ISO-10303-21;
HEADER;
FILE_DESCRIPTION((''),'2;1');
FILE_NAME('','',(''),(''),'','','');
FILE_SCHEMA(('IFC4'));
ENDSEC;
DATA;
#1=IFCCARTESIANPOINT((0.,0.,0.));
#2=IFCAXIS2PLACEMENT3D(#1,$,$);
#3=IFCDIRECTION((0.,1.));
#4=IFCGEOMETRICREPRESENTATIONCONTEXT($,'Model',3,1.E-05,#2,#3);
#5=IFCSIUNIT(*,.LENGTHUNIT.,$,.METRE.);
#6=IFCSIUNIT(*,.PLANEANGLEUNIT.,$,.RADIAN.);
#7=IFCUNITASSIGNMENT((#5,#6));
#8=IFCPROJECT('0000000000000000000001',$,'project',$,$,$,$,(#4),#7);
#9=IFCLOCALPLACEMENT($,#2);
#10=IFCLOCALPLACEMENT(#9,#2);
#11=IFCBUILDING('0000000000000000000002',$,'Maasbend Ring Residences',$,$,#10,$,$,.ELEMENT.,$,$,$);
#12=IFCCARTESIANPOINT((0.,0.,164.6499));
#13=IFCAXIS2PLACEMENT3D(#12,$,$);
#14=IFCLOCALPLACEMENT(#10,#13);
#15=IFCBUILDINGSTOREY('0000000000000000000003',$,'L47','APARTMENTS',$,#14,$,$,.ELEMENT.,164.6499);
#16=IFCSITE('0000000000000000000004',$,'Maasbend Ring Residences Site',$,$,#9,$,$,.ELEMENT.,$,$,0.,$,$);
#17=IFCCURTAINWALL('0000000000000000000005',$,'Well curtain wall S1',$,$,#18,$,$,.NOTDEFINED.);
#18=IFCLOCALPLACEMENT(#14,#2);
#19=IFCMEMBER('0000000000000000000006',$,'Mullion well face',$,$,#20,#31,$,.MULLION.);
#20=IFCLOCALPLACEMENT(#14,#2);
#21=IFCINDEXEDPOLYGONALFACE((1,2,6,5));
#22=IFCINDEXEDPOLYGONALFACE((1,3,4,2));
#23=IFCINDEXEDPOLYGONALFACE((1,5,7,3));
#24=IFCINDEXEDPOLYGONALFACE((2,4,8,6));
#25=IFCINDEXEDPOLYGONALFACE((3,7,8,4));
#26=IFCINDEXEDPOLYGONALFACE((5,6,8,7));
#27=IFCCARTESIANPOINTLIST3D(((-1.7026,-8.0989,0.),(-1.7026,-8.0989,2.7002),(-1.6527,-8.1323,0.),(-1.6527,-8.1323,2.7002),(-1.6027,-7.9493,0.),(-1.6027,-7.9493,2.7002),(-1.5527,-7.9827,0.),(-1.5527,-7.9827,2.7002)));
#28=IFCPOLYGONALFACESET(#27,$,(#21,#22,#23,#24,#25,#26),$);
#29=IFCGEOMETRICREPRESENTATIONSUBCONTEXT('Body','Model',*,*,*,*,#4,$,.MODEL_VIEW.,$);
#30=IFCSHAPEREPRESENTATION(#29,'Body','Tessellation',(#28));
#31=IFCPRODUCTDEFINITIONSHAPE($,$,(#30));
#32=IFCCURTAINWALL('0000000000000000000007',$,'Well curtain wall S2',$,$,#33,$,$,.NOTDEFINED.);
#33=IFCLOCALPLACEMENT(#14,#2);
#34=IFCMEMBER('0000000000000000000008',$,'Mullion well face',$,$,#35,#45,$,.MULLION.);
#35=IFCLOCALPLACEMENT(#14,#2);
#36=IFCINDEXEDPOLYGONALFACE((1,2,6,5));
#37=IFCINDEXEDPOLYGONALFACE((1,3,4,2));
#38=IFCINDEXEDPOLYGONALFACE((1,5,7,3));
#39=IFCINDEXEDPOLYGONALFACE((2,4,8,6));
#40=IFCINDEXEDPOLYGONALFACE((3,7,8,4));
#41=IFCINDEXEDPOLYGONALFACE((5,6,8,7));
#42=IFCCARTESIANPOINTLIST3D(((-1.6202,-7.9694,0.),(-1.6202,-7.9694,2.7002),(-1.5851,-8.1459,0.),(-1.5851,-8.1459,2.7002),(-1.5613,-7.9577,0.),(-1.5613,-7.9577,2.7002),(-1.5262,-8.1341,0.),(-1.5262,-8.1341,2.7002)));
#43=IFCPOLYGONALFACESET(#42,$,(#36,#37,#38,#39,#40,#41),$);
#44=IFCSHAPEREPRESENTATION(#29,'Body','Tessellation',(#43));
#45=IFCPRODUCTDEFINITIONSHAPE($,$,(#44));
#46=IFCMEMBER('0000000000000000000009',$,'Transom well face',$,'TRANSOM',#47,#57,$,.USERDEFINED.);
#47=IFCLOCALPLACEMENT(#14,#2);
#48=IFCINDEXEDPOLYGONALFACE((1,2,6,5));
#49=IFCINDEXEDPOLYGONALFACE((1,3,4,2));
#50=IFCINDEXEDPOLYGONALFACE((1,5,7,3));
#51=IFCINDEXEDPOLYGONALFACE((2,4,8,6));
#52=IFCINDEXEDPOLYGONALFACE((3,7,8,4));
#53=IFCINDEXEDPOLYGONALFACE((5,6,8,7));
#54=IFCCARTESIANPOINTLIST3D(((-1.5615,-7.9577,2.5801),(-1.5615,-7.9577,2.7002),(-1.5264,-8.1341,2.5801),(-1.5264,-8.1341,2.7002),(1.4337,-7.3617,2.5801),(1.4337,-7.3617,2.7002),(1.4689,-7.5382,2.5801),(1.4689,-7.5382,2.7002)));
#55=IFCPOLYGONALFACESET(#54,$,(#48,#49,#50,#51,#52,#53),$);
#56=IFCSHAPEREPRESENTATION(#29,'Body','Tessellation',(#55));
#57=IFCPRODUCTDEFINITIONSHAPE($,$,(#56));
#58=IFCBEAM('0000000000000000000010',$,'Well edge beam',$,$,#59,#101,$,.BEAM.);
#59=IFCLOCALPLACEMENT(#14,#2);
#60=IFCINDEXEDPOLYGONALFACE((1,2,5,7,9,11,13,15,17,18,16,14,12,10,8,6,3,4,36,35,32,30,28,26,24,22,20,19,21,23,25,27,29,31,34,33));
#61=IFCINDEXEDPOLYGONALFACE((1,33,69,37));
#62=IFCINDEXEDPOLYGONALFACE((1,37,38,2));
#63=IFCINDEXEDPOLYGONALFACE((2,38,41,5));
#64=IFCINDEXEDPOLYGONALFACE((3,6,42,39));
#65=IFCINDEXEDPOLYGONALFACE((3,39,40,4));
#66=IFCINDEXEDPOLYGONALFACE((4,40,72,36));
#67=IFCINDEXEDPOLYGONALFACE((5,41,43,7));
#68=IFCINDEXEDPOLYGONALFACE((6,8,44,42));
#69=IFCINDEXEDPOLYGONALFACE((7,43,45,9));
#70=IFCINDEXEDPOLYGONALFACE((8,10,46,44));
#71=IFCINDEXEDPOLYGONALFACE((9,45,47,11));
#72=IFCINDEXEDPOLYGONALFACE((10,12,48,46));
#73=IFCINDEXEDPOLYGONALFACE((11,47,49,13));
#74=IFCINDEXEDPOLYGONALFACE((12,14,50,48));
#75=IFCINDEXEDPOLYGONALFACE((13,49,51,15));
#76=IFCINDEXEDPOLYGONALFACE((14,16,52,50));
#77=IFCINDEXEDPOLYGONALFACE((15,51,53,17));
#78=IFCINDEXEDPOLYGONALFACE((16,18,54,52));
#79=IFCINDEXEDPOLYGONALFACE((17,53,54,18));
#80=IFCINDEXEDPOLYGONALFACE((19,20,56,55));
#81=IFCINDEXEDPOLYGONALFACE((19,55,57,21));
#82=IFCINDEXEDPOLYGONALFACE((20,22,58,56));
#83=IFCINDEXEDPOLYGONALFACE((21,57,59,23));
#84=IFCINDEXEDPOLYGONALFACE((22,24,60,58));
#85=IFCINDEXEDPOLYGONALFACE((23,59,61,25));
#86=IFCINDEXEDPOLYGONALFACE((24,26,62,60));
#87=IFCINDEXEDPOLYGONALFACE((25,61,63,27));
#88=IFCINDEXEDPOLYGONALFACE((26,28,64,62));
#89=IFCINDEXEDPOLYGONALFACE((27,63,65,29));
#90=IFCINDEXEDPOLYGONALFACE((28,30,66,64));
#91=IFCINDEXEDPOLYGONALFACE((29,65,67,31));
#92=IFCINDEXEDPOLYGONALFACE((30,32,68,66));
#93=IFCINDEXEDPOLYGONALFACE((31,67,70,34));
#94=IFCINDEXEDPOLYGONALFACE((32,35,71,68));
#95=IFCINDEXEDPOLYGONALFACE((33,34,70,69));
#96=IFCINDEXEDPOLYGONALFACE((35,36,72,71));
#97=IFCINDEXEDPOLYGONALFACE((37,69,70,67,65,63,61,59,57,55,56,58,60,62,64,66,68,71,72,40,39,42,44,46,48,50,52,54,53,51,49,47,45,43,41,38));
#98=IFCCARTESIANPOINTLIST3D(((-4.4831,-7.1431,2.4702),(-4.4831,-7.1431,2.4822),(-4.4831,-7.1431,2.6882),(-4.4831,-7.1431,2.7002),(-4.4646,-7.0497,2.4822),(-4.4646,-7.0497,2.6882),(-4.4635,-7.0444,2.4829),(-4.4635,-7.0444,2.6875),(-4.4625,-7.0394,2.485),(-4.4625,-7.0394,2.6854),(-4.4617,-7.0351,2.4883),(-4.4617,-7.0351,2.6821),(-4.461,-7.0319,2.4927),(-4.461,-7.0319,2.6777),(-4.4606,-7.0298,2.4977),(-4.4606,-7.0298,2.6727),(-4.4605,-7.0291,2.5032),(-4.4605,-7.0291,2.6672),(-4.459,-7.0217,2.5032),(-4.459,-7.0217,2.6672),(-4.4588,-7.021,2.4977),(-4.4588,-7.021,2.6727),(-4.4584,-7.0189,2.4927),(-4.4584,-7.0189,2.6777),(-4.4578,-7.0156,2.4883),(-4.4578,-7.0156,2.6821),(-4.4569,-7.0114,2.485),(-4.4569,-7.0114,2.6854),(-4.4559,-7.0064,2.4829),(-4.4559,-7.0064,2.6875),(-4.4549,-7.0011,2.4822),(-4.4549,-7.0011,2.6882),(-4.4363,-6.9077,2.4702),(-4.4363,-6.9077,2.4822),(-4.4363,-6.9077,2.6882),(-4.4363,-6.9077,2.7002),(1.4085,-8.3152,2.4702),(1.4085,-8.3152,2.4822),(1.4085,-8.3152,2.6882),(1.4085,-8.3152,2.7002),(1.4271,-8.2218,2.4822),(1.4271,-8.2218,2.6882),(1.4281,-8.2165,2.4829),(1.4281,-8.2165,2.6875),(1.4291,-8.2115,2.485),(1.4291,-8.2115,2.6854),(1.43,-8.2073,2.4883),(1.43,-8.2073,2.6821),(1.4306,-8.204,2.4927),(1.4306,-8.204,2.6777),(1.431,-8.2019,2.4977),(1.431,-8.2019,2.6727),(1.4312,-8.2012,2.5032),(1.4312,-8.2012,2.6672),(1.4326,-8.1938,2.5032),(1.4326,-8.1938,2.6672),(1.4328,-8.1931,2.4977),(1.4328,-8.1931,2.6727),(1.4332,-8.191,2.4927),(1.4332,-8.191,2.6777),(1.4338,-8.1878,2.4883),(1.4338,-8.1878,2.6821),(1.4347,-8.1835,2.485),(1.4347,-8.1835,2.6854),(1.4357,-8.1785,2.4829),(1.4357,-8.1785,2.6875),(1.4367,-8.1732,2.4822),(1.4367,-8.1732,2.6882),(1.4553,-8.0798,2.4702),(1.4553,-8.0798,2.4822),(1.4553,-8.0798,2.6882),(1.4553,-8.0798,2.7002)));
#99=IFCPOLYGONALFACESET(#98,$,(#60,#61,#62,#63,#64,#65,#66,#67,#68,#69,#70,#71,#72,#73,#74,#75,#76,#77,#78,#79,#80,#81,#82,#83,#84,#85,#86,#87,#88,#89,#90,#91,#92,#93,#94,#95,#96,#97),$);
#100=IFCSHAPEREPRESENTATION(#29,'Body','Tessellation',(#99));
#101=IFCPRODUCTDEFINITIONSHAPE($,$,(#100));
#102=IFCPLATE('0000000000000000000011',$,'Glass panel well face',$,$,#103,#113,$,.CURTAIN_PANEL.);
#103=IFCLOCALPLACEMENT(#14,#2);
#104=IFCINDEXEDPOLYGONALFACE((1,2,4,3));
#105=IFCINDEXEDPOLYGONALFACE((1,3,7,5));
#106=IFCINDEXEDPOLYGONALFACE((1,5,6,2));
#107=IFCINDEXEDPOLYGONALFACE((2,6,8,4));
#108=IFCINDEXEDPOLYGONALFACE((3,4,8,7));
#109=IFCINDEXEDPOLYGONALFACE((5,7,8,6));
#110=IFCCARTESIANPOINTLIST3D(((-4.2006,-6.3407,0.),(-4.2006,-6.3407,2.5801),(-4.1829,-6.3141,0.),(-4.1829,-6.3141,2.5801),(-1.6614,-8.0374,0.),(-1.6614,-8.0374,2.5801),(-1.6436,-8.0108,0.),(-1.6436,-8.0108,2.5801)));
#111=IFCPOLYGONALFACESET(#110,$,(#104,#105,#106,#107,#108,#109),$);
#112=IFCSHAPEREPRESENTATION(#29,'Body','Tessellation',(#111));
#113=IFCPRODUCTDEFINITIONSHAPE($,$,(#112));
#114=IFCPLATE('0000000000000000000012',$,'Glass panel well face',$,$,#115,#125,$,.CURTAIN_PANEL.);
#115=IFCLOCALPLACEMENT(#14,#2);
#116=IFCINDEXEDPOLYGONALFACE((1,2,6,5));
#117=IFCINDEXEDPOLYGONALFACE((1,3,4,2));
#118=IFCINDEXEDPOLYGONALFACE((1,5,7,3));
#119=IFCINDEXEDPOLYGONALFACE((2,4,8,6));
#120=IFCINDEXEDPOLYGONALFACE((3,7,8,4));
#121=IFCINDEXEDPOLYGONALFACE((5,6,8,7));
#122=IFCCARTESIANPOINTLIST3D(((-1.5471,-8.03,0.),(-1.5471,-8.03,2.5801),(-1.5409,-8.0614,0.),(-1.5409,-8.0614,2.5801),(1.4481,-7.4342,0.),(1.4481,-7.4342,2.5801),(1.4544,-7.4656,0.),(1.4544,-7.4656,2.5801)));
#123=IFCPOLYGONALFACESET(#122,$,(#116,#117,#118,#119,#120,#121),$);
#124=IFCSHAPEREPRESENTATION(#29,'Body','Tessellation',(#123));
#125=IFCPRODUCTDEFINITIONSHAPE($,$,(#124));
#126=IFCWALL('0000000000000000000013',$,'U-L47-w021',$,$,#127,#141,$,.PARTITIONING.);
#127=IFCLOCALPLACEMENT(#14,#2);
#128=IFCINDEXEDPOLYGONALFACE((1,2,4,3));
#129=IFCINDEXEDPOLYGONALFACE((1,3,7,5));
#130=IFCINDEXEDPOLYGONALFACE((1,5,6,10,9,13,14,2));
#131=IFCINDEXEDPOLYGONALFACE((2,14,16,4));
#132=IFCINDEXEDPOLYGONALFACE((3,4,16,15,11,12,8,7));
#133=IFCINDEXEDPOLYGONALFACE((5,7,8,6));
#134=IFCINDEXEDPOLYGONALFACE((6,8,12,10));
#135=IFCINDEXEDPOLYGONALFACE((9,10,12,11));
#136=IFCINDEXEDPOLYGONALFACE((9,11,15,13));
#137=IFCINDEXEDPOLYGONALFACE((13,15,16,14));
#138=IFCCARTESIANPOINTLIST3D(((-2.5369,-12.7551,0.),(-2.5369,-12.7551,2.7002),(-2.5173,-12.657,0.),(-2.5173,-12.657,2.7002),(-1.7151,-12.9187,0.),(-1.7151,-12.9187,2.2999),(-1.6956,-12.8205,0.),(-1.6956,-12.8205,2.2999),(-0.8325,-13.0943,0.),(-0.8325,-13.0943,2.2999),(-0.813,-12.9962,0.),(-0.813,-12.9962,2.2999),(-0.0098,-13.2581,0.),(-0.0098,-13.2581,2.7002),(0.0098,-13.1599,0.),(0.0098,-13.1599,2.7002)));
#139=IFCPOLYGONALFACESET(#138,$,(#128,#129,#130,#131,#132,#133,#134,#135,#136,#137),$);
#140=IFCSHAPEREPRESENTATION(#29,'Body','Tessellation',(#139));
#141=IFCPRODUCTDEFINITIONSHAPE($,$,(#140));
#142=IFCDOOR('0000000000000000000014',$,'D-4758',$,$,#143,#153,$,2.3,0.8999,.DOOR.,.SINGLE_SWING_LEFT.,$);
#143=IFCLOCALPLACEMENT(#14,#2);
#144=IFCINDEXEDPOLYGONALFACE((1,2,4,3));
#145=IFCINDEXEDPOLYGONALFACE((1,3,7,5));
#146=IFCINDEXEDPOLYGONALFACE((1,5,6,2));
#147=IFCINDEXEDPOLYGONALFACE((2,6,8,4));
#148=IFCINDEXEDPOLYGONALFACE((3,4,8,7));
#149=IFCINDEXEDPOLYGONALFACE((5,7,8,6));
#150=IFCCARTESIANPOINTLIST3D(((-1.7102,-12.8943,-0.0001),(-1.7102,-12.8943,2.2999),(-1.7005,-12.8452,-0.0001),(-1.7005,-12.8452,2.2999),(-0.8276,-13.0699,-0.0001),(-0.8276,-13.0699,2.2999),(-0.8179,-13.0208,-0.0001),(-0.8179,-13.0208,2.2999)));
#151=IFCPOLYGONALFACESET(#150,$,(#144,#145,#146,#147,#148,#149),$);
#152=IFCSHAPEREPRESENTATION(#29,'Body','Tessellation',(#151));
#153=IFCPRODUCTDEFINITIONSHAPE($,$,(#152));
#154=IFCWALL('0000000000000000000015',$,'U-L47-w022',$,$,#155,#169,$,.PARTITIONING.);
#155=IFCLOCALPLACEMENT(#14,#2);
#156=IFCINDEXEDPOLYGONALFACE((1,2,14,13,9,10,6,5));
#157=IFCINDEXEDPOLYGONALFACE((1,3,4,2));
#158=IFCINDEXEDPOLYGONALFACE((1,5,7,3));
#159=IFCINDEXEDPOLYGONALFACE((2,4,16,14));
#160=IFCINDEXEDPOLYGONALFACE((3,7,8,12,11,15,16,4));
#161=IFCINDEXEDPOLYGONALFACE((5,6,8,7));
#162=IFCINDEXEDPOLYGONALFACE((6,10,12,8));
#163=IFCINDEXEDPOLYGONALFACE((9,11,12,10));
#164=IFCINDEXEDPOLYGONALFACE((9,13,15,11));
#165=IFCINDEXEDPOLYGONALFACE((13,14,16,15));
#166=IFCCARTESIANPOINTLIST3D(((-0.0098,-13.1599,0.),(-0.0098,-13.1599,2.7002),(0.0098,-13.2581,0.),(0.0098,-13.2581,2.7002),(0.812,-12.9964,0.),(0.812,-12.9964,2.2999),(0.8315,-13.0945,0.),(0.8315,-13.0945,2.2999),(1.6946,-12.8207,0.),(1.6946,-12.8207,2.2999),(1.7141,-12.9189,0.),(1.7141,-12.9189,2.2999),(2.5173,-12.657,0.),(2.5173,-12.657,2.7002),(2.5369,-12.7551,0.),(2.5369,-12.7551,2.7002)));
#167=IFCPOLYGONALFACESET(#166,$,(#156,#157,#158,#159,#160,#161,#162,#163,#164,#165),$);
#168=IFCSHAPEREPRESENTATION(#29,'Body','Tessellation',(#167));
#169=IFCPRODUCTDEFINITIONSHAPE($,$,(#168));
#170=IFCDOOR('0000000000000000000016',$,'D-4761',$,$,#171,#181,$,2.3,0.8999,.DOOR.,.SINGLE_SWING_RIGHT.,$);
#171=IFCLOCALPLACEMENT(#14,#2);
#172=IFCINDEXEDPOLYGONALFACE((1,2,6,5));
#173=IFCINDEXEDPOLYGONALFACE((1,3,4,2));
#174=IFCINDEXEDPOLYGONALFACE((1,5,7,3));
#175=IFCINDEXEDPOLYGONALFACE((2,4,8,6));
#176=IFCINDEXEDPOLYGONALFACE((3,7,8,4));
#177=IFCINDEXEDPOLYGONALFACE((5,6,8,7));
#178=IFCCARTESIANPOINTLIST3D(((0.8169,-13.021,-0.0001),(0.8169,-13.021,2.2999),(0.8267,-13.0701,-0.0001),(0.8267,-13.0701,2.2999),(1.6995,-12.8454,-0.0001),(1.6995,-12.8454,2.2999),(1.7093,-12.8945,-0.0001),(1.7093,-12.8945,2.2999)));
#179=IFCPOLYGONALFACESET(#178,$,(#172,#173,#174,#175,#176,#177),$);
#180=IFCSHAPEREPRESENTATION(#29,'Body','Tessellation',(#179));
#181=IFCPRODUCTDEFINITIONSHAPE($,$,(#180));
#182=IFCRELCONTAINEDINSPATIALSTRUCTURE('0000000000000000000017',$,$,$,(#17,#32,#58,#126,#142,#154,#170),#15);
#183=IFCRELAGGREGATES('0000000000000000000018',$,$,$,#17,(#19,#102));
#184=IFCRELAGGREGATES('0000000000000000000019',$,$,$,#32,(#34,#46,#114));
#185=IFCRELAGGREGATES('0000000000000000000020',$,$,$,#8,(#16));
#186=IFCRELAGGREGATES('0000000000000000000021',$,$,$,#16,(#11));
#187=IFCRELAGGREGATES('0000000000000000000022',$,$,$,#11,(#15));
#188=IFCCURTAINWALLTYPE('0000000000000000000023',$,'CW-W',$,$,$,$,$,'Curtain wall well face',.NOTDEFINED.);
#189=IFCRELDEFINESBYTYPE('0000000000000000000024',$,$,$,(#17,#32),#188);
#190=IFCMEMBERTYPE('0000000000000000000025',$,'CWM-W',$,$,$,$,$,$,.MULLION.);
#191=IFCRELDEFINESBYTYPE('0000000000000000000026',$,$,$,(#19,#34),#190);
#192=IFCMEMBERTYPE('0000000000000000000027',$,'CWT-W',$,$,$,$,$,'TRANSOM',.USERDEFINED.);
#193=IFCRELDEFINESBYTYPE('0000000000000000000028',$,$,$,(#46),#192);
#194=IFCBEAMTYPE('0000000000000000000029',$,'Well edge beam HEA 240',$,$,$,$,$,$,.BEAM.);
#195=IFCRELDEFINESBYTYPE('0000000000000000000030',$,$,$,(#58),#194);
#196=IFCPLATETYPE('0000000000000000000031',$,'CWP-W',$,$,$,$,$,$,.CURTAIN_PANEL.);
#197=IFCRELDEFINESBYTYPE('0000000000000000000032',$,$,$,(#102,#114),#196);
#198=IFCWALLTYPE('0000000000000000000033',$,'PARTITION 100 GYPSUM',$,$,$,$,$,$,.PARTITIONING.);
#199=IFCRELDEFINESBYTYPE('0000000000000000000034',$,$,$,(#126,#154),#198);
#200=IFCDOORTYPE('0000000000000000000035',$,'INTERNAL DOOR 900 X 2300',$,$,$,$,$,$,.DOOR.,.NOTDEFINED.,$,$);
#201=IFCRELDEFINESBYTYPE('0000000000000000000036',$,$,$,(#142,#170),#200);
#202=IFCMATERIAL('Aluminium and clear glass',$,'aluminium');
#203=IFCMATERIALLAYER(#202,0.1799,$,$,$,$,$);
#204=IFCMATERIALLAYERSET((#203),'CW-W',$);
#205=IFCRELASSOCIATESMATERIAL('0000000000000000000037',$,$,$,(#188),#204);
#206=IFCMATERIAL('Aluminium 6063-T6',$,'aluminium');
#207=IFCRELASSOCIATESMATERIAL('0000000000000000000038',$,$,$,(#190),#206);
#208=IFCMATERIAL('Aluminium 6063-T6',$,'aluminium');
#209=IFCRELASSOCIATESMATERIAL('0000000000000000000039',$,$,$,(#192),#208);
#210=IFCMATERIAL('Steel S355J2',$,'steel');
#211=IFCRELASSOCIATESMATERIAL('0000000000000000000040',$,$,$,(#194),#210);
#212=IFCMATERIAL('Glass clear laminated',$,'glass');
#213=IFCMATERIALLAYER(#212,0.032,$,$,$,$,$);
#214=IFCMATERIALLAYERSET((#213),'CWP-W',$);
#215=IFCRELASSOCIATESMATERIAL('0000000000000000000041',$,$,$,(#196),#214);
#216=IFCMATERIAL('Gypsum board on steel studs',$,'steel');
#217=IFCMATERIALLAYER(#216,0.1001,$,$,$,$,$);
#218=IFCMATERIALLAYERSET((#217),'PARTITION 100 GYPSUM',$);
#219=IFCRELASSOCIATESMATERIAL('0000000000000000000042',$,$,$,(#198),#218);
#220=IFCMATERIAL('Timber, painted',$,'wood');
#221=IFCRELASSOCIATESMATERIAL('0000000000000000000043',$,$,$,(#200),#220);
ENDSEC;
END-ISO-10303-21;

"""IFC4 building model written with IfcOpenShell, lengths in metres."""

from ifc_helpers import new_model, si_unit, direction, frame, frame_2d, origin, origin_2d, place, context, subcontext, project, spatial, rectangle, i_section, extrude, material, layer, layer_set, material_profile, profile_set, type_object, element, fill, aggregate, save


model = new_model("IFC4")

# Units and contexts
model_context = context("Model", 3, precision=1e-05, world=origin(), true_north=direction((0.0, 1.0)))
body_context = subcontext(model_context, "Body", "Model", "MODEL_VIEW")
ifc_project = project(units=[si_unit("LENGTHUNIT", "METRE"), si_unit("PLANEANGLEUNIT", "RADIAN")], contexts=[model_context])

# Site, building, storey
site_placement = place(None, origin())
site = spatial("IfcSite", under=ifc_project, at=site_placement, Name="Maasbend Ring Residences Site", CompositionType="ELEMENT", RefElevation=0.0)
building_placement = place(site_placement, origin())
building = spatial("IfcBuilding", under=site, at=building_placement, Name="Maasbend Ring Residences", CompositionType="ELEMENT")
storey_placement = place(building_placement, frame((0.0, 0.0, 164.6499)))
storey = spatial("IfcBuildingStorey", under=building, at=storey_placement, Name="L47", Description="APARTMENTS", CompositionType="ELEMENT", Elevation=164.6499)

# Curtain wall, member
ifc_material_1 = material(Name="Aluminium and clear glass", Category="aluminium")
ifc_layer_1 = layer(ifc_material_1, 0.1799)
ifc_layer_set_1 = layer_set([ifc_layer_1], Name="CW-W")
curtain_wall_type = type_object("IfcCurtainWallType", Name="CW-W", ElementType="Curtain wall well face", PredefinedType="NOTDEFINED", material=ifc_layer_set_1)
curtain_wall_1_placement = place(storey_placement, origin())
curtain_wall_1 = element("IfcCurtainWall", 1, at=curtain_wall_1_placement, inside=storey, type_object=curtain_wall_type, Name="Well curtain wall S1", PredefinedType="NOTDEFINED")
ifc_material_2 = material(Name="Aluminium 6063-T6", Category="aluminium")
ifc_material_profile_1 = material_profile(ifc_material_2, rectangle(XDim=0.1799, YDim=0.0601, at=origin_2d()), Name="AL 180x60")
ifc_profile_set_1 = profile_set([ifc_material_profile_1], Name="Aluminium 6063-T6")
member_type_1 = type_object("IfcMemberType", Name="CWM-W", PredefinedType="MULLION", material=ifc_profile_set_1)
member_1_placement = place(storey_placement, frame((-1.6277, -8.0408, 0.0), z_axis=(0.0, 0.0, 1.0), x_axis=(0.55557, 0.83147, 0.0)))
member_1 = element("IfcMember", 2, at=member_1_placement, type_object=member_type_1, Name="Mullion well face", PredefinedType="MULLION", context=body_context, shape_type="SweptSolid", body=[
    extrude(rectangle(XDim=0.1799, YDim=0.0601, at=origin_2d()), origin(), (0.0, 0.0, 1.0), 2.7002),
])

# Curtain wall, members
curtain_wall_2_placement = place(storey_placement, origin())
curtain_wall_2 = element("IfcCurtainWall", 3, at=curtain_wall_2_placement, inside=storey, type_object=curtain_wall_type, Name="Well curtain wall S2", PredefinedType="NOTDEFINED")
member_2_placement = place(storey_placement, frame((-1.5732, -8.0518, 0.0), z_axis=(0.0, 0.0, 1.0), x_axis=(-0.19509, 0.980785, 0.0)))
member_2 = element("IfcMember", 4, at=member_2_placement, type_object=member_type_1, Name="Mullion well face", PredefinedType="MULLION", context=body_context, shape_type="SweptSolid", body=[
    extrude(rectangle(XDim=0.1799, YDim=0.0601, at=origin_2d()), origin(), (0.0, 0.0, 1.0), 2.7002),
])
ifc_material_3 = material(Name="Aluminium 6063-T6", Category="aluminium")
ifc_material_profile_2 = material_profile(ifc_material_3, rectangle(XDim=0.1799, YDim=0.1201, at=origin_2d()), Name="AL 180x120")
ifc_profile_set_2 = profile_set([ifc_material_profile_2], Name="Aluminium 6063-T6")
member_type_2 = type_object("IfcMemberType", Name="CWT-W", ElementType="TRANSOM", PredefinedType="USERDEFINED", material=ifc_profile_set_2)
member_3_placement = place(storey_placement, frame((-1.5439, -8.0459, 2.6401), z_axis=(0.980777, 0.195132, 0.0), x_axis=(-0.195132, 0.980777, 0.0)))
member_3 = element("IfcMember", 5, at=member_3_placement, type_object=member_type_2, Name="Transom well face", ObjectType="TRANSOM", PredefinedType="USERDEFINED", context=body_context, shape_type="SweptSolid", body=[
    extrude(rectangle(XDim=0.1799, YDim=0.1201, at=origin_2d()), origin(), (0.0, 0.0, 1.0), 3.054),
])

# Beam
ifc_material_4 = material(Name="Steel S355J2", Category="steel")
ifc_material_profile_3 = material_profile(ifc_material_4, i_section(OverallWidth=0.24, OverallDepth=0.23, WebThickness=0.0076, FlangeThickness=0.012, FilletRadius=0.021, at=origin_2d()), Name="HEA 240")
ifc_profile_set_3 = profile_set([ifc_material_profile_3], Name="Steel S355J2")
beam_type = type_object("IfcBeamType", Name="Well edge beam HEA 240", PredefinedType="BEAM", material=ifc_profile_set_3)
beam_placement = place(storey_placement, frame((-4.4597, -7.0254, 2.5852), z_axis=(0.980779, -0.195123, 0.0), x_axis=(0.195123, 0.980779, 0.0)))
element("IfcBeam", 6, at=beam_placement, inside=storey, type_object=beam_type, Name="Well edge beam", PredefinedType="BEAM", context=body_context, shape_type="SweptSolid", body=[
    extrude(i_section(OverallWidth=0.24, OverallDepth=0.23, WebThickness=0.0076, FlangeThickness=0.012, FilletRadius=0.021, at=origin_2d()), origin(), (0.0, 0.0, 1.0), 6.0071),
])

# Plates
ifc_material_5 = material(Name="Glass clear laminated", Category="glass")
ifc_layer_2 = layer(ifc_material_5, 0.032)
ifc_layer_set_2 = layer_set([ifc_layer_2], Name="CWP-W")
plate_type = type_object("IfcPlateType", Name="CWP-W", PredefinedType="CURTAIN_PANEL", material=ifc_layer_set_2)
plate_1_placement = place(storey_placement, frame((-2.9221, -7.1758, 0.0), z_axis=(0.0, 0.0, 1.0), x_axis=(0.83147, -0.55557, 0.0)))
plate_1 = element("IfcPlate", 7, at=plate_1_placement, type_object=plate_type, Name="Glass panel well face", PredefinedType="CURTAIN_PANEL", context=body_context, shape_type="SweptSolid", body=[
    extrude(rectangle(XDim=3.054, YDim=0.032, at=origin_2d()), origin(), (0.0, 0.0, 1.0), 2.5801),
])
aggregate(curtain_wall_1, [member_1, plate_1])
plate_2_placement = place(storey_placement, frame((-0.0464, -7.7478, 0.0), z_axis=(0.0, 0.0, 1.0), x_axis=(0.980785, 0.19509, 0.0)))
plate_2 = element("IfcPlate", 8, at=plate_2_placement, type_object=plate_type, Name="Glass panel well face", PredefinedType="CURTAIN_PANEL", context=body_context, shape_type="SweptSolid", body=[
    extrude(rectangle(XDim=3.054, YDim=0.032, at=origin_2d()), origin(), (0.0, 0.0, 1.0), 2.5801),
])
aggregate(curtain_wall_2, [member_2, member_3, plate_2])

# Walls, openings, doors
ifc_material_6 = material(Name="Gypsum board on steel studs", Category="steel")
ifc_layer_3 = layer(ifc_material_6, 0.1001)
ifc_layer_set_3 = layer_set([ifc_layer_3], Name="PARTITION 100 GYPSUM")
wall_type = type_object("IfcWallType", Name="PARTITION 100 GYPSUM", PredefinedType="PARTITIONING", material=ifc_layer_set_3)
wall_1_placement = place(storey_placement, frame((-2.5271, -12.7061, 0.0), z_axis=(0.0, 0.0, 1.0), x_axis=(0.980766, -0.195187, 0.0)))
wall_1 = element("IfcWall", 9, at=wall_1_placement, inside=storey, type_object=wall_type, Name="U-L47-w021", PredefinedType="PARTITIONING", context=body_context, shape_type="SweptSolid", body=[
    extrude(rectangle(XDim=2.5767, YDim=0.1001, at=frame_2d((1.2883, 0.0))), origin(), (0.0, 0.0, 1.0), 2.7002),
])
opening_1_placement = place(wall_1_placement, frame((0.8379, 0.0, 0.0)))
opening_1 = element("IfcOpeningElement", 10, at=opening_1_placement, cuts=wall_1, PredefinedType="OPENING", context=body_context, shape_type="SweptSolid", body=[
    extrude(rectangle(XDim=0.8999, YDim=2.3, at=frame_2d((0.45, 1.1499))), frame((0.0, 0.0601, 0.0), z_axis=(0.0, -1.0, 0.0), x_axis=(1.0, 0.0, 0.0)), (0.0, 0.0, 1.0), 0.1201),
])
ifc_material_7 = material(Name="Timber, painted", Category="wood")
door_type = type_object("IfcDoorType", Name="INTERNAL DOOR 900 X 2300", OperationType="NOTDEFINED", PredefinedType="DOOR", material=ifc_material_7)
door_1_placement = place(opening_1_placement, origin())
door_1 = element("IfcDoor", 11, at=door_1_placement, inside=storey, type_object=door_type, Name="D-4758", OperationType="SINGLE_SWING_LEFT", OverallHeight=2.3, OverallWidth=0.8999, PredefinedType="DOOR", context=body_context, shape_type="SweptSolid", body=[
    extrude(rectangle(XDim=0.8999, YDim=2.3, at=frame_2d((0.45, 1.1499))), frame((0.0, 0.0249, 0.0), z_axis=(0.0, -1.0, 0.0), x_axis=(1.0, 0.0, 0.0)), (0.0, 0.0, 1.0), 0.05),
])
fill(opening_1, door_1)
wall_2_placement = place(storey_placement, frame((0.0, -13.209, 0.0), z_axis=(0.0, 0.0, 1.0), x_axis=(0.980766, 0.195187, 0.0)))
wall_2 = element("IfcWall", 12, at=wall_2_placement, inside=storey, type_object=wall_type, Name="U-L47-w022", PredefinedType="PARTITIONING", context=body_context, shape_type="SweptSolid", body=[
    extrude(rectangle(XDim=2.5767, YDim=0.1001, at=frame_2d((1.2883, 0.0))), origin(), (0.0, 0.0, 1.0), 2.7002),
])
opening_2_placement = place(wall_2_placement, frame((0.8379, 0.0, 0.0)))
opening_2 = element("IfcOpeningElement", 13, at=opening_2_placement, cuts=wall_2, PredefinedType="OPENING", context=body_context, shape_type="SweptSolid", body=[
    extrude(rectangle(XDim=0.8999, YDim=2.3, at=frame_2d((0.45, 1.1499))), frame((0.0, 0.0601, 0.0), z_axis=(0.0, -1.0, 0.0), x_axis=(1.0, 0.0, 0.0)), (0.0, 0.0, 1.0), 0.1201),
])
door_2_placement = place(opening_2_placement, origin())
door_2 = element("IfcDoor", 14, at=door_2_placement, inside=storey, type_object=door_type, Name="D-4761", OperationType="SINGLE_SWING_RIGHT", OverallHeight=2.3, OverallWidth=0.8999, PredefinedType="DOOR", context=body_context, shape_type="SweptSolid", body=[
    extrude(rectangle(XDim=0.8999, YDim=2.3, at=frame_2d((0.45, 1.1499))), frame((0.0, 0.0249, 0.0), z_axis=(0.0, -1.0, 0.0), x_axis=(1.0, 0.0, 0.0)), (0.0, 0.0, 1.0), 0.05),
])
fill(opening_2, door_2)

save(model, "model.ifc")
